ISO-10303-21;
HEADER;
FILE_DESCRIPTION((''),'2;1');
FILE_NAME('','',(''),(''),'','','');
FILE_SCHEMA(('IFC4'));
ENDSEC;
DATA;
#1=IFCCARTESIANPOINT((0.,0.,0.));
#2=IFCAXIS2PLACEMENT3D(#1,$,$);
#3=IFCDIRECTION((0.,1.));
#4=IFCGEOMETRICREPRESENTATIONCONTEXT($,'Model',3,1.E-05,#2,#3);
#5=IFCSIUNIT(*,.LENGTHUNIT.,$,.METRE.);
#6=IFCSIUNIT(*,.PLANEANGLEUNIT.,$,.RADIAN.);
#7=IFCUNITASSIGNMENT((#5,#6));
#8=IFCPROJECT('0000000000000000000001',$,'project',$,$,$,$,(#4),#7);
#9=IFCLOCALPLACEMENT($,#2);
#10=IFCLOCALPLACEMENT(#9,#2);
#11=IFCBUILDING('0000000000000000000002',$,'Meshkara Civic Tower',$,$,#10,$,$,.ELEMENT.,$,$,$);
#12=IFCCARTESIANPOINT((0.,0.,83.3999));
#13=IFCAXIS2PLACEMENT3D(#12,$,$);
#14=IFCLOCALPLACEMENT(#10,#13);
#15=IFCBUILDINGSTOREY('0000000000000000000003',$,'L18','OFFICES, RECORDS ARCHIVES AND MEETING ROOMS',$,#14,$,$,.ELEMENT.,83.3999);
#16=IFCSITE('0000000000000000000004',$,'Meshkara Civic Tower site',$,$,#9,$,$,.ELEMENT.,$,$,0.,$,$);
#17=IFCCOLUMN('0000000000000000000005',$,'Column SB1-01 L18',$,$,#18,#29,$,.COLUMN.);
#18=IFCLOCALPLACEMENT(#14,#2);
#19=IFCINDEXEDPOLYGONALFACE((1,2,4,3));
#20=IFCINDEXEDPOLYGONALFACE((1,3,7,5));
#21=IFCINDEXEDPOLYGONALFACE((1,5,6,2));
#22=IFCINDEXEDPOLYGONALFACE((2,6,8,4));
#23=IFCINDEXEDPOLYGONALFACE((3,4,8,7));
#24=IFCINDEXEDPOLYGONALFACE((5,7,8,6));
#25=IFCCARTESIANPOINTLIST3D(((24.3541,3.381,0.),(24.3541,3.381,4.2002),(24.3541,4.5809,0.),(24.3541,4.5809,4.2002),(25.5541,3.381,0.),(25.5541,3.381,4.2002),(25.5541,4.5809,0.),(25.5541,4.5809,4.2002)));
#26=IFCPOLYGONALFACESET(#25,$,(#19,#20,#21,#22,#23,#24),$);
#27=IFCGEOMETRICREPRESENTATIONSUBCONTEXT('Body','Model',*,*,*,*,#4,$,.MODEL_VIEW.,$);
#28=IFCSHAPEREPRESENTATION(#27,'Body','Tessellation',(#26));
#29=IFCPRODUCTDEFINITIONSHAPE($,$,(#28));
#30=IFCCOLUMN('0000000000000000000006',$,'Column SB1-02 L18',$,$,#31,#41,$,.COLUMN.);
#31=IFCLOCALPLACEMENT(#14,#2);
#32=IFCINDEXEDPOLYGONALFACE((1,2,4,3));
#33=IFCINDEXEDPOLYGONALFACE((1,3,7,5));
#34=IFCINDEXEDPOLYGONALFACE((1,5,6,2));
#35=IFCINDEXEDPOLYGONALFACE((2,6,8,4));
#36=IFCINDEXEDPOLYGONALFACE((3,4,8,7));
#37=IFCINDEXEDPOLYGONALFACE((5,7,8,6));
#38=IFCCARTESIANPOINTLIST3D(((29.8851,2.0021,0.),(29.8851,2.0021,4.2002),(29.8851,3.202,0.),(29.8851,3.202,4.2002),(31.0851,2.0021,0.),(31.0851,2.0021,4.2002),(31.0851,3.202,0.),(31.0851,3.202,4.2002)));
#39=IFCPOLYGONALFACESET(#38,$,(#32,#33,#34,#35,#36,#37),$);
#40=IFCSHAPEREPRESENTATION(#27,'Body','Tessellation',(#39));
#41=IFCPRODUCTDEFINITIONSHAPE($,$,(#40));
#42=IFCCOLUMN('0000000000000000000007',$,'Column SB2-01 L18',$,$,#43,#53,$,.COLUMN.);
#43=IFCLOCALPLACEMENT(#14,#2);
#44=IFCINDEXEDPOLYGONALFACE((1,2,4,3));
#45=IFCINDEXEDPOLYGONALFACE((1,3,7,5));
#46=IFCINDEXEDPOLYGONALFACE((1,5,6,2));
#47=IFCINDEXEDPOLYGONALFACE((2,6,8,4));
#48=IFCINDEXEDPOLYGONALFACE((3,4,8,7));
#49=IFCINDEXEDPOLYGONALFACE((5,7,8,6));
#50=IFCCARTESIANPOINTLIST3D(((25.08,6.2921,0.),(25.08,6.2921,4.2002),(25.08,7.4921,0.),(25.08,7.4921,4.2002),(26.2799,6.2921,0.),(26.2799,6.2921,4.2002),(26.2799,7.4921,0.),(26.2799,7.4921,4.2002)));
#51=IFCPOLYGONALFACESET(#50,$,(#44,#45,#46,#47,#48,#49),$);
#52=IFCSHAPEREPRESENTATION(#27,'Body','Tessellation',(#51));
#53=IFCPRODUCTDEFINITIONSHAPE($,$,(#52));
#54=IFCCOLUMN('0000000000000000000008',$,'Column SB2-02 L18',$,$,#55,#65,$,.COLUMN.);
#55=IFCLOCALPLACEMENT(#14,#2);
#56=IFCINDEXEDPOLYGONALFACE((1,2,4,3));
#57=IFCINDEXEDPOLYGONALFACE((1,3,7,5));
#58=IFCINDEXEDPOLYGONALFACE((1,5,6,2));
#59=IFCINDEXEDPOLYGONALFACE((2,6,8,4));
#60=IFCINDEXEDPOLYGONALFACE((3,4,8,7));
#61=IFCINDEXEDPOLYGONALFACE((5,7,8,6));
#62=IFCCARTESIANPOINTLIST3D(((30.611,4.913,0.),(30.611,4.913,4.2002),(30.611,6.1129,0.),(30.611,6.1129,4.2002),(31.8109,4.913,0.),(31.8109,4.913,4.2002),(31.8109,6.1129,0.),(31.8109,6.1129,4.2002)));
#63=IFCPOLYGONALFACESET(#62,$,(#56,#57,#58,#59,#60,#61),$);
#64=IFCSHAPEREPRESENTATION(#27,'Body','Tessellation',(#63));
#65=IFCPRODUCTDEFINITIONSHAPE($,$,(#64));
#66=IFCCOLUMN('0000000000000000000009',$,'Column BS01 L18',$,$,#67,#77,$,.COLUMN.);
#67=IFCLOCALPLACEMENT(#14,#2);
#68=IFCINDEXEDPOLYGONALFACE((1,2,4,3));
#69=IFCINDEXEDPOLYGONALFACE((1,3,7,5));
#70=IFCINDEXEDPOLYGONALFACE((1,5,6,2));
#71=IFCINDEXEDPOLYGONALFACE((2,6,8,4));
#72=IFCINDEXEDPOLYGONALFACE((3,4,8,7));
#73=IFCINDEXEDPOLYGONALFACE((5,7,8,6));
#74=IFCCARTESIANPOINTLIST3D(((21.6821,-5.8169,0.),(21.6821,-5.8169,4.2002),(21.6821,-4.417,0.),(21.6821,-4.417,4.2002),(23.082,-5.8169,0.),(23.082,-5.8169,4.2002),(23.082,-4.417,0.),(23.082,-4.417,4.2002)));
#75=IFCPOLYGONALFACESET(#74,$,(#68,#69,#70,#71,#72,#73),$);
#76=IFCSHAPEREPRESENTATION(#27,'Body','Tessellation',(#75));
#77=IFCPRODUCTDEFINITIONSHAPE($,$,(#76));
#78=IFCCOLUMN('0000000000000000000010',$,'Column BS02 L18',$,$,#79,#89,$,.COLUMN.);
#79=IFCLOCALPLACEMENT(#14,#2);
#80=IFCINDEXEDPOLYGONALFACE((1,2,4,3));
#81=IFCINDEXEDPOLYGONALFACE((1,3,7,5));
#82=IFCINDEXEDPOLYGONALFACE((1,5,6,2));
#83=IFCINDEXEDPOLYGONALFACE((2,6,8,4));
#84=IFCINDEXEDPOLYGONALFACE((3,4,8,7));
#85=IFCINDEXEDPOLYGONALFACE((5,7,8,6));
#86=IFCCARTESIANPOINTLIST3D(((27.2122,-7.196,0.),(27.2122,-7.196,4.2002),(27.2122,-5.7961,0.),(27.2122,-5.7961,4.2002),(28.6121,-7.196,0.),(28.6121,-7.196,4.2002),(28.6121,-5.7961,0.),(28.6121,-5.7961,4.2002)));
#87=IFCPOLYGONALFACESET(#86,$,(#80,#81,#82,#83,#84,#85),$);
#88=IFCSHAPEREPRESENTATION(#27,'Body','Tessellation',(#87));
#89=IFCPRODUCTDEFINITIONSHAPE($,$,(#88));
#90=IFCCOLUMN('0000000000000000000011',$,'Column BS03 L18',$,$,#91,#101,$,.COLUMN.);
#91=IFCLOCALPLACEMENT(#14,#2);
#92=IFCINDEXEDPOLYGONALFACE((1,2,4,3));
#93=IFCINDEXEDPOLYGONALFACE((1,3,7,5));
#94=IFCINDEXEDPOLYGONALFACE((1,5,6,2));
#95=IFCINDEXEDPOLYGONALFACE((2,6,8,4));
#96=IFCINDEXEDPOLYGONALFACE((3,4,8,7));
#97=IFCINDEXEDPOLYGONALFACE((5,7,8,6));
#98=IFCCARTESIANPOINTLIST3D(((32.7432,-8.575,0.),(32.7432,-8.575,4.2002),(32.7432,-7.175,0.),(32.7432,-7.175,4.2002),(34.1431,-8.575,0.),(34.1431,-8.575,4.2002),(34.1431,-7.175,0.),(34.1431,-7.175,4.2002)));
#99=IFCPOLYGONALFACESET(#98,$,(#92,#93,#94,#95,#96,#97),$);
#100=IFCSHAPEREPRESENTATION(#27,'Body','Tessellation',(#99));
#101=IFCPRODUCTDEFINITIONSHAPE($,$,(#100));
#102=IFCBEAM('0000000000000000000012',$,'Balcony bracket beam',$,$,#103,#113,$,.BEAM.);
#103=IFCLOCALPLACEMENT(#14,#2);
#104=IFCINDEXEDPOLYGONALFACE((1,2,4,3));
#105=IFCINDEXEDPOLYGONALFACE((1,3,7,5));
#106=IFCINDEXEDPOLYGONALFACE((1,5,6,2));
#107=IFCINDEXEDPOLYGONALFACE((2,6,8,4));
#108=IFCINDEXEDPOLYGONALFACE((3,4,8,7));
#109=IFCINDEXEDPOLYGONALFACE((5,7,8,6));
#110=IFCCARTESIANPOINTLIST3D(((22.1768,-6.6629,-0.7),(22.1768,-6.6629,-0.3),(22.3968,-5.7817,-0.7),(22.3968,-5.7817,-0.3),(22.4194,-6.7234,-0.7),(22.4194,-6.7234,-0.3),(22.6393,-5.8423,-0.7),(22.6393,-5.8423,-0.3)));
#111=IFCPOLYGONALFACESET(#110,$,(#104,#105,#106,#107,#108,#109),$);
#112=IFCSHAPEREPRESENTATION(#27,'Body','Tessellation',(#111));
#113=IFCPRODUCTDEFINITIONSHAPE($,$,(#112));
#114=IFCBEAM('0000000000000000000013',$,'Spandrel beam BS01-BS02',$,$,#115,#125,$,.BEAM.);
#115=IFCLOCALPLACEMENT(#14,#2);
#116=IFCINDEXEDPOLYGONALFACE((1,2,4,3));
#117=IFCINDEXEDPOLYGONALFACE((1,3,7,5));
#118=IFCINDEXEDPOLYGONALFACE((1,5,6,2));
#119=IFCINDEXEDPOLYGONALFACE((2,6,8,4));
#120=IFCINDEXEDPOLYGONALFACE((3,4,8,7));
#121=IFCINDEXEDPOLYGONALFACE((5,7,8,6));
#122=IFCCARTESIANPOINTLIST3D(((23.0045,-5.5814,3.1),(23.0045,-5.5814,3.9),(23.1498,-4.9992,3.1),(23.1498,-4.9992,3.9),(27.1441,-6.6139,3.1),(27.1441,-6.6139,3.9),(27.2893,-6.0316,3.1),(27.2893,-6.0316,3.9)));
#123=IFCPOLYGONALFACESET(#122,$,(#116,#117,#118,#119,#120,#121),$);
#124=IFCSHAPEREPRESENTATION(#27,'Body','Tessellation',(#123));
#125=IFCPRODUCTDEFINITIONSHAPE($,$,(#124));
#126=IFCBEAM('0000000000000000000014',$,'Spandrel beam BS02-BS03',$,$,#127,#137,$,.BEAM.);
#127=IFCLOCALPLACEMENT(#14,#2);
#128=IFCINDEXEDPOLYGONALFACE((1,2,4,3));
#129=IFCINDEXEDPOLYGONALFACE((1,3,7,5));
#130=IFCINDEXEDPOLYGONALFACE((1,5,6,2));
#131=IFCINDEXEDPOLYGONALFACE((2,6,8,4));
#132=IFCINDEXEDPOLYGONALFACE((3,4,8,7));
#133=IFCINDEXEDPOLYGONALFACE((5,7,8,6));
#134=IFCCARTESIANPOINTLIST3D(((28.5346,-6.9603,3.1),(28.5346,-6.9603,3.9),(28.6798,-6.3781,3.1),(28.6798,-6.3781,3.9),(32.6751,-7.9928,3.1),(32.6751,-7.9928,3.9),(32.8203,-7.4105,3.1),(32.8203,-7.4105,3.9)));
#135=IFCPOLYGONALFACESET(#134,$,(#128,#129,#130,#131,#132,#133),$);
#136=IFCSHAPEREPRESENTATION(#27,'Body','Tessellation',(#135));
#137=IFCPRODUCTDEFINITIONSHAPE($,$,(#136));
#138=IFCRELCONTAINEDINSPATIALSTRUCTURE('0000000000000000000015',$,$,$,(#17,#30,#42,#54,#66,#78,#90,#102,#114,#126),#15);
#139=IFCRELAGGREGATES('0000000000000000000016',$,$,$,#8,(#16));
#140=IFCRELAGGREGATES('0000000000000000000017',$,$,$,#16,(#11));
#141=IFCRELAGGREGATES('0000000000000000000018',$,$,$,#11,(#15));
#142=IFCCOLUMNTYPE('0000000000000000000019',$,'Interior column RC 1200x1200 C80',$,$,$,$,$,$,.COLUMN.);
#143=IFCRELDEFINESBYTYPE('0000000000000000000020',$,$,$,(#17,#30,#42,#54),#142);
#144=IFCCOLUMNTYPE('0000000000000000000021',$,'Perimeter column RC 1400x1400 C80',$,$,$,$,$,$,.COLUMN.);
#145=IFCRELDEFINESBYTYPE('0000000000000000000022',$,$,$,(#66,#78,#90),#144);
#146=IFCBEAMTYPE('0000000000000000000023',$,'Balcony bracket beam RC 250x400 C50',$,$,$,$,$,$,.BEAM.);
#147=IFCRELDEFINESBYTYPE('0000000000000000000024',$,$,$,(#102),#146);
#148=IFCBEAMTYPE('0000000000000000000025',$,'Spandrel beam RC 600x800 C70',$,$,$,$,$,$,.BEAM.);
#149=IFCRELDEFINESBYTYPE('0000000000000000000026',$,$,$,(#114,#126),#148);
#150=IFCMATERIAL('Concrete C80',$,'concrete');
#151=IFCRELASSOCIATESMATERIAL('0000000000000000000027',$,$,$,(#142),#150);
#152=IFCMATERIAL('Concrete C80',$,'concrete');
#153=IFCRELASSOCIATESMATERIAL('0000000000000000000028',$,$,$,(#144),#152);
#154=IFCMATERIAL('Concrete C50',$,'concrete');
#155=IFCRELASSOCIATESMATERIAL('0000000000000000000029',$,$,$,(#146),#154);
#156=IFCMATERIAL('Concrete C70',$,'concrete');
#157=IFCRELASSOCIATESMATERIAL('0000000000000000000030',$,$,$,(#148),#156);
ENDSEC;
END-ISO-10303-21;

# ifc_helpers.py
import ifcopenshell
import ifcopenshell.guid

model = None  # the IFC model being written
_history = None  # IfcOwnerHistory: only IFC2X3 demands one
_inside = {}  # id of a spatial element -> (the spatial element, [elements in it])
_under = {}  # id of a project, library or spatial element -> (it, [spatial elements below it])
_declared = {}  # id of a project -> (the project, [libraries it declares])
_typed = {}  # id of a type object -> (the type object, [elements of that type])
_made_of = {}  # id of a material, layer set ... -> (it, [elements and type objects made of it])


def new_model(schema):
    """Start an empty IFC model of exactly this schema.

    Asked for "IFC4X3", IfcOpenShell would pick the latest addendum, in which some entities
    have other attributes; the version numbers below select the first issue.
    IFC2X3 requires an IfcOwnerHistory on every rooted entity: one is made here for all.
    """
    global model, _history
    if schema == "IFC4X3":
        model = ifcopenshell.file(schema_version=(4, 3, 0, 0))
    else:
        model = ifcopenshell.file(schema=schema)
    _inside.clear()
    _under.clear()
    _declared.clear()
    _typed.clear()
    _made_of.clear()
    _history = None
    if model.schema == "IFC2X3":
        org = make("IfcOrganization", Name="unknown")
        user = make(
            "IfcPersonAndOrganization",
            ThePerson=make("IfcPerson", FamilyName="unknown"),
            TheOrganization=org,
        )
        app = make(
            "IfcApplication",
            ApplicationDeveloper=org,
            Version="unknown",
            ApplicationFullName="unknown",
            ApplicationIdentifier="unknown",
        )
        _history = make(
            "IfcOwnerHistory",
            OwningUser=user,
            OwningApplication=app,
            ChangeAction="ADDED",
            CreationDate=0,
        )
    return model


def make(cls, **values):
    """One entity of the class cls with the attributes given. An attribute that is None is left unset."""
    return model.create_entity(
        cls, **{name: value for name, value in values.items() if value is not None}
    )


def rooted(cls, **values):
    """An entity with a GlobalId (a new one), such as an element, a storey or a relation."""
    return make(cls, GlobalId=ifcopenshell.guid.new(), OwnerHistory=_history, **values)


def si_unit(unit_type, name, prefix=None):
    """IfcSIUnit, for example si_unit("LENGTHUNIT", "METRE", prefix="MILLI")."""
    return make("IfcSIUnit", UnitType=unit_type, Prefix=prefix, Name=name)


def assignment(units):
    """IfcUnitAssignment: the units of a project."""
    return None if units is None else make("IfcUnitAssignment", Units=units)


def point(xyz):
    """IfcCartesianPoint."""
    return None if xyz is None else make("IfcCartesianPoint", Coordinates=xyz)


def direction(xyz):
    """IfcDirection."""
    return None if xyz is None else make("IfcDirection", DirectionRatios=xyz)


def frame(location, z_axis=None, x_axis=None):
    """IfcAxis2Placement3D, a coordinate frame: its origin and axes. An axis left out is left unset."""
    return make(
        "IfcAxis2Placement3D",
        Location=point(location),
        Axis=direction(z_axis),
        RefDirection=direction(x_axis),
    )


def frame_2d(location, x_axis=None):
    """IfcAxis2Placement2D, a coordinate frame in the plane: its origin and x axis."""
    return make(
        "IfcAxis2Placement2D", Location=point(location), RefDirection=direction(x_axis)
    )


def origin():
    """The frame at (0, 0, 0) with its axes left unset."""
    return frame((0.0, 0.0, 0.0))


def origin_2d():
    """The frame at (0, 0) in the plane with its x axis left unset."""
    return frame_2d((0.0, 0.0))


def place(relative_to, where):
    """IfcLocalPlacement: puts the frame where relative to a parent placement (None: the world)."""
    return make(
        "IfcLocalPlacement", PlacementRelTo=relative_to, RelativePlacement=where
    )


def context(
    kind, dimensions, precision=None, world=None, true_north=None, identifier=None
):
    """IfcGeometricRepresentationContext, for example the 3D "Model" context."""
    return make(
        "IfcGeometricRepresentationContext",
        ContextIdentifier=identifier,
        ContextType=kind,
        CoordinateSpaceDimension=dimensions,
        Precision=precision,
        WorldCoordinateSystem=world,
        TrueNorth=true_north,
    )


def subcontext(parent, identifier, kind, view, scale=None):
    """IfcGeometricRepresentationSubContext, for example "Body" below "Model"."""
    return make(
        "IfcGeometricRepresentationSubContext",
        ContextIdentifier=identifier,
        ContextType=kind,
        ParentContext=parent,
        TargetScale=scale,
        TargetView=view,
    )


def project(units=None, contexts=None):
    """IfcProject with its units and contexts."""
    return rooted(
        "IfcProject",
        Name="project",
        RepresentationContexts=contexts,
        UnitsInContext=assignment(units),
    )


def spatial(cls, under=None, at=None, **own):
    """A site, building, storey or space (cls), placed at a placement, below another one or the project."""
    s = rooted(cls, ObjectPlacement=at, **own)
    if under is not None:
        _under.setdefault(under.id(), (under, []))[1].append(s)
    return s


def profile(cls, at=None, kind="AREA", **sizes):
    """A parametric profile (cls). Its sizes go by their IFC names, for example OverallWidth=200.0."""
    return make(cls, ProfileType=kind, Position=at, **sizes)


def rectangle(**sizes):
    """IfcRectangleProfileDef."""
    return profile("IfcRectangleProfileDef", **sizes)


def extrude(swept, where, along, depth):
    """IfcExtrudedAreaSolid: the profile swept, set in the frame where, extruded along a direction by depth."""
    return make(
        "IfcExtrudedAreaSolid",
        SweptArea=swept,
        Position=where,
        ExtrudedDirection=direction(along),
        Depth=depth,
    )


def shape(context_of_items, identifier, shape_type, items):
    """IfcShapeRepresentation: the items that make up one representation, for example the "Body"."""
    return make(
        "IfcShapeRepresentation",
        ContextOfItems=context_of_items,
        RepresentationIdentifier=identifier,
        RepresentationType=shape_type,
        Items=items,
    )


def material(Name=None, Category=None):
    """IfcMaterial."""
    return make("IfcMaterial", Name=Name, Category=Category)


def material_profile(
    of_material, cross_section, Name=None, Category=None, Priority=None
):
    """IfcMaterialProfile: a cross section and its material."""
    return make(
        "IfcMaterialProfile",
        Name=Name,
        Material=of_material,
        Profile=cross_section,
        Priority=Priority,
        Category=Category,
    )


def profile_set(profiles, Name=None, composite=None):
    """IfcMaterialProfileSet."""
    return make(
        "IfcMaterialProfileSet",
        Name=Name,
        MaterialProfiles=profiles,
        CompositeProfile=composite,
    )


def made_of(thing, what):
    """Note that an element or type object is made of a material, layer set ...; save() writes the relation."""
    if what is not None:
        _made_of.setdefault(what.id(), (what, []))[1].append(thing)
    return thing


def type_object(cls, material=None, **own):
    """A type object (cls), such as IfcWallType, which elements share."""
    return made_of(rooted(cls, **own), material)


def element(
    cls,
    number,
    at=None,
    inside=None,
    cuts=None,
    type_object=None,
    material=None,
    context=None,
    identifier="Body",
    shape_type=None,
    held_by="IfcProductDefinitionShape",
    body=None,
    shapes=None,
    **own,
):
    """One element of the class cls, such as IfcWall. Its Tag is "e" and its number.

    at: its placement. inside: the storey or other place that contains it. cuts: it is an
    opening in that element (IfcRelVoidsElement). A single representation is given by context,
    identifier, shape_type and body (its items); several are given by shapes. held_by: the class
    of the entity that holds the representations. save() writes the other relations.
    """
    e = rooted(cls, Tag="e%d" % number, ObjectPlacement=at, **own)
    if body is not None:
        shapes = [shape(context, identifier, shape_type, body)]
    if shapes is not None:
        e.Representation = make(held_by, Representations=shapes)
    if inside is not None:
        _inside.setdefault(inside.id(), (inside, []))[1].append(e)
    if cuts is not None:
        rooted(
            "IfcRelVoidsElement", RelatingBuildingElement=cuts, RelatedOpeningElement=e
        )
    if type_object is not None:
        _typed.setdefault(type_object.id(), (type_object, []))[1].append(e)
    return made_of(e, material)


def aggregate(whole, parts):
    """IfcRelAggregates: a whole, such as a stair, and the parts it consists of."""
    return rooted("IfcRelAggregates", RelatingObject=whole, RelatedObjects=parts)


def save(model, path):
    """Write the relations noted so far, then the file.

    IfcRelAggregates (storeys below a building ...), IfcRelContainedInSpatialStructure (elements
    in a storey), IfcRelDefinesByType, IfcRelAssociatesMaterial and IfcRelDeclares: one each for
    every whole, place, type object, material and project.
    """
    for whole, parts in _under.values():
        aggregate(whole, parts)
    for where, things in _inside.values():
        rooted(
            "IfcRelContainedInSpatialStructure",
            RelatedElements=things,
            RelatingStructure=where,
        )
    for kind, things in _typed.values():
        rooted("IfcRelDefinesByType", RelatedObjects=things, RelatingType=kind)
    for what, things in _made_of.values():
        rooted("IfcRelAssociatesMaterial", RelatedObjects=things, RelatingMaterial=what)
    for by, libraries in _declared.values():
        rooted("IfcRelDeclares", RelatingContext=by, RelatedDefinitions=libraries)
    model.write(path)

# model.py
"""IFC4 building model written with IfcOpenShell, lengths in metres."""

from ifc_helpers import new_model, si_unit, direction, frame, origin, origin_2d, place, context, subcontext, project, spatial, rectangle, extrude, material, material_profile, profile_set, type_object, element, save


model = new_model("IFC4")

# Units and contexts
model_context = context("Model", 3, precision=1e-05, world=origin(), true_north=direction((0.0, 1.0)))
body_context = subcontext(model_context, "Body", "Model", "MODEL_VIEW")
ifc_project = project(units=[si_unit("LENGTHUNIT", "METRE"), si_unit("PLANEANGLEUNIT", "RADIAN")], contexts=[model_context])

# Site, building, storey
site_placement = place(None, origin())
site = spatial("IfcSite", under=ifc_project, at=site_placement, Name="Meshkara Civic Tower site", CompositionType="ELEMENT", RefElevation=0.0)
building_placement = place(site_placement, origin())
building = spatial("IfcBuilding", under=site, at=building_placement, Name="Meshkara Civic Tower", CompositionType="ELEMENT")
storey_placement = place(building_placement, frame((0.0, 0.0, 83.3999)))
storey = spatial("IfcBuildingStorey", under=building, at=storey_placement, Name="L18", Description="OFFICES, RECORDS ARCHIVES AND MEETING ROOMS", CompositionType="ELEMENT", Elevation=83.3999)

# Columns
ifc_material_1 = material(Name="Concrete C80", Category="concrete")
ifc_material_profile_1 = material_profile(ifc_material_1, rectangle(XDim=1.2, YDim=1.2, at=origin_2d()))
ifc_profile_set_1 = profile_set([ifc_material_profile_1], Name="Concrete C80")
column_type_1 = type_object("IfcColumnType", Name="Interior column RC 1200x1200 C80", PredefinedType="COLUMN", material=ifc_profile_set_1)
for number, where, z_axis, x_axis, name in (
    (1, (24.9541, 3.981, 0.0), (0.0, 0.0, 1.0), (1.0, 0.0, 0.0), "Column SB1-01 L18"),
    (2, (30.4851, 2.6021, 0.0), (0.0, 0.0, 1.0), (1.0, 0.0, 0.0), "Column SB1-02 L18"),
    (3, (25.6799, 6.8921, 0.0), (0.0, 0.0, 1.0), (1.0, 0.0, 0.0), "Column SB2-01 L18"),
    (4, (31.2109, 5.5129, 0.0), (0.0, 0.0, 1.0), (1.0, 0.0, 0.0), "Column SB2-02 L18"),
):
    element("IfcColumn", number, at=place(storey_placement, frame(where, z_axis=z_axis, x_axis=x_axis)), inside=storey, type_object=column_type_1, Name=name, PredefinedType="COLUMN", context=body_context, shape_type="SweptSolid", body=[
        extrude(rectangle(XDim=1.2, YDim=1.2, at=origin_2d()), origin(), (0.0, 0.0, 1.0), 4.2002),
    ])
ifc_material_2 = material(Name="Concrete C80", Category="concrete")
ifc_material_profile_2 = material_profile(ifc_material_2, rectangle(XDim=1.3999, YDim=1.3999, at=origin_2d()))
ifc_profile_set_2 = profile_set([ifc_material_profile_2], Name="Concrete C80")
column_type_2 = type_object("IfcColumnType", Name="Perimeter column RC 1400x1400 C80", PredefinedType="COLUMN", material=ifc_profile_set_2)
for number, where, z_axis, x_axis, name in (
    (5, (22.3821, -5.1169, 0.0), (0.0, 0.0, 1.0), (1.0, 0.0, 0.0), "Column BS01 L18"),
    (6, (27.9121, -6.4961, 0.0), (0.0, 0.0, 1.0), (1.0, 0.0, 0.0), "Column BS02 L18"),
    (7, (33.4431, -7.875, 0.0), (0.0, 0.0, 1.0), (1.0, 0.0, 0.0), "Column BS03 L18"),
):
    element("IfcColumn", number, at=place(storey_placement, frame(where, z_axis=z_axis, x_axis=x_axis)), inside=storey, type_object=column_type_2, Name=name, PredefinedType="COLUMN", context=body_context, shape_type="SweptSolid", body=[
        extrude(rectangle(XDim=1.3999, YDim=1.3999, at=origin_2d()), origin(), (0.0, 0.0, 1.0), 4.2002),
    ])

# Beams
ifc_material_3 = material(Name="Concrete C50", Category="concrete")
ifc_material_profile_3 = material_profile(ifc_material_3, rectangle(XDim=0.25, YDim=0.3999, at=origin_2d()))
ifc_profile_set_3 = profile_set([ifc_material_profile_3], Name="Concrete C50")
beam_type_1 = type_object("IfcBeamType", Name="Balcony bracket beam RC 250x400 C50", PredefinedType="BEAM", material=ifc_profile_set_3)
beam_1_placement = place(storey_placement, frame((22.5181, -5.812, -0.5), z_axis=(-0.242219, -0.970222, 0.0), x_axis=(0.970222, -0.242219, 0.0)))
element("IfcBeam", 8, at=beam_1_placement, inside=storey, type_object=beam_type_1, Name="Balcony bracket beam", PredefinedType="BEAM", context=body_context, shape_type="SweptSolid", body=[
    extrude(rectangle(XDim=0.25, YDim=0.3999, at=origin_2d()), origin(), (0.0, 0.0, 1.0), 0.9082),
])
ifc_material_4 = material(Name="Concrete C70", Category="concrete")
ifc_material_profile_4 = material_profile(ifc_material_4, rectangle(XDim=0.6001, YDim=0.8, at=origin_2d()))
ifc_profile_set_4 = profile_set([ifc_material_profile_4], Name="Concrete C70")
beam_type_2 = type_object("IfcBeamType", Name="Spandrel beam RC 600x800 C70", PredefinedType="BEAM", material=ifc_profile_set_4)
beam_2_placement = place(storey_placement, frame((23.0771, -5.2903, 3.5), z_axis=(0.970277, -0.241997, 0.0), x_axis=(0.241997, 0.970277, 0.0)))
element("IfcBeam", 9, at=beam_2_placement, inside=storey, type_object=beam_type_2, Name="Spandrel beam BS01-BS02", PredefinedType="BEAM", context=body_context, shape_type="SweptSolid", body=[
    extrude(rectangle(XDim=0.6001, YDim=0.8, at=origin_2d()), origin(), (0.0, 0.0, 1.0), 4.2664),
])
beam_3_placement = place(storey_placement, frame((28.6072, -6.6692, 3.5), z_axis=(0.97029, -0.241943, 0.0), x_axis=(0.241943, 0.97029, 0.0)))
element("IfcBeam", 10, at=beam_3_placement, inside=storey, type_object=beam_type_2, Name="Spandrel beam BS02-BS03", PredefinedType="BEAM", context=body_context, shape_type="SweptSolid", body=[
    extrude(rectangle(XDim=0.6001, YDim=0.8, at=origin_2d()), origin(), (0.0, 0.0, 1.0), 4.2673),
])

save(model, "model.ifc")
